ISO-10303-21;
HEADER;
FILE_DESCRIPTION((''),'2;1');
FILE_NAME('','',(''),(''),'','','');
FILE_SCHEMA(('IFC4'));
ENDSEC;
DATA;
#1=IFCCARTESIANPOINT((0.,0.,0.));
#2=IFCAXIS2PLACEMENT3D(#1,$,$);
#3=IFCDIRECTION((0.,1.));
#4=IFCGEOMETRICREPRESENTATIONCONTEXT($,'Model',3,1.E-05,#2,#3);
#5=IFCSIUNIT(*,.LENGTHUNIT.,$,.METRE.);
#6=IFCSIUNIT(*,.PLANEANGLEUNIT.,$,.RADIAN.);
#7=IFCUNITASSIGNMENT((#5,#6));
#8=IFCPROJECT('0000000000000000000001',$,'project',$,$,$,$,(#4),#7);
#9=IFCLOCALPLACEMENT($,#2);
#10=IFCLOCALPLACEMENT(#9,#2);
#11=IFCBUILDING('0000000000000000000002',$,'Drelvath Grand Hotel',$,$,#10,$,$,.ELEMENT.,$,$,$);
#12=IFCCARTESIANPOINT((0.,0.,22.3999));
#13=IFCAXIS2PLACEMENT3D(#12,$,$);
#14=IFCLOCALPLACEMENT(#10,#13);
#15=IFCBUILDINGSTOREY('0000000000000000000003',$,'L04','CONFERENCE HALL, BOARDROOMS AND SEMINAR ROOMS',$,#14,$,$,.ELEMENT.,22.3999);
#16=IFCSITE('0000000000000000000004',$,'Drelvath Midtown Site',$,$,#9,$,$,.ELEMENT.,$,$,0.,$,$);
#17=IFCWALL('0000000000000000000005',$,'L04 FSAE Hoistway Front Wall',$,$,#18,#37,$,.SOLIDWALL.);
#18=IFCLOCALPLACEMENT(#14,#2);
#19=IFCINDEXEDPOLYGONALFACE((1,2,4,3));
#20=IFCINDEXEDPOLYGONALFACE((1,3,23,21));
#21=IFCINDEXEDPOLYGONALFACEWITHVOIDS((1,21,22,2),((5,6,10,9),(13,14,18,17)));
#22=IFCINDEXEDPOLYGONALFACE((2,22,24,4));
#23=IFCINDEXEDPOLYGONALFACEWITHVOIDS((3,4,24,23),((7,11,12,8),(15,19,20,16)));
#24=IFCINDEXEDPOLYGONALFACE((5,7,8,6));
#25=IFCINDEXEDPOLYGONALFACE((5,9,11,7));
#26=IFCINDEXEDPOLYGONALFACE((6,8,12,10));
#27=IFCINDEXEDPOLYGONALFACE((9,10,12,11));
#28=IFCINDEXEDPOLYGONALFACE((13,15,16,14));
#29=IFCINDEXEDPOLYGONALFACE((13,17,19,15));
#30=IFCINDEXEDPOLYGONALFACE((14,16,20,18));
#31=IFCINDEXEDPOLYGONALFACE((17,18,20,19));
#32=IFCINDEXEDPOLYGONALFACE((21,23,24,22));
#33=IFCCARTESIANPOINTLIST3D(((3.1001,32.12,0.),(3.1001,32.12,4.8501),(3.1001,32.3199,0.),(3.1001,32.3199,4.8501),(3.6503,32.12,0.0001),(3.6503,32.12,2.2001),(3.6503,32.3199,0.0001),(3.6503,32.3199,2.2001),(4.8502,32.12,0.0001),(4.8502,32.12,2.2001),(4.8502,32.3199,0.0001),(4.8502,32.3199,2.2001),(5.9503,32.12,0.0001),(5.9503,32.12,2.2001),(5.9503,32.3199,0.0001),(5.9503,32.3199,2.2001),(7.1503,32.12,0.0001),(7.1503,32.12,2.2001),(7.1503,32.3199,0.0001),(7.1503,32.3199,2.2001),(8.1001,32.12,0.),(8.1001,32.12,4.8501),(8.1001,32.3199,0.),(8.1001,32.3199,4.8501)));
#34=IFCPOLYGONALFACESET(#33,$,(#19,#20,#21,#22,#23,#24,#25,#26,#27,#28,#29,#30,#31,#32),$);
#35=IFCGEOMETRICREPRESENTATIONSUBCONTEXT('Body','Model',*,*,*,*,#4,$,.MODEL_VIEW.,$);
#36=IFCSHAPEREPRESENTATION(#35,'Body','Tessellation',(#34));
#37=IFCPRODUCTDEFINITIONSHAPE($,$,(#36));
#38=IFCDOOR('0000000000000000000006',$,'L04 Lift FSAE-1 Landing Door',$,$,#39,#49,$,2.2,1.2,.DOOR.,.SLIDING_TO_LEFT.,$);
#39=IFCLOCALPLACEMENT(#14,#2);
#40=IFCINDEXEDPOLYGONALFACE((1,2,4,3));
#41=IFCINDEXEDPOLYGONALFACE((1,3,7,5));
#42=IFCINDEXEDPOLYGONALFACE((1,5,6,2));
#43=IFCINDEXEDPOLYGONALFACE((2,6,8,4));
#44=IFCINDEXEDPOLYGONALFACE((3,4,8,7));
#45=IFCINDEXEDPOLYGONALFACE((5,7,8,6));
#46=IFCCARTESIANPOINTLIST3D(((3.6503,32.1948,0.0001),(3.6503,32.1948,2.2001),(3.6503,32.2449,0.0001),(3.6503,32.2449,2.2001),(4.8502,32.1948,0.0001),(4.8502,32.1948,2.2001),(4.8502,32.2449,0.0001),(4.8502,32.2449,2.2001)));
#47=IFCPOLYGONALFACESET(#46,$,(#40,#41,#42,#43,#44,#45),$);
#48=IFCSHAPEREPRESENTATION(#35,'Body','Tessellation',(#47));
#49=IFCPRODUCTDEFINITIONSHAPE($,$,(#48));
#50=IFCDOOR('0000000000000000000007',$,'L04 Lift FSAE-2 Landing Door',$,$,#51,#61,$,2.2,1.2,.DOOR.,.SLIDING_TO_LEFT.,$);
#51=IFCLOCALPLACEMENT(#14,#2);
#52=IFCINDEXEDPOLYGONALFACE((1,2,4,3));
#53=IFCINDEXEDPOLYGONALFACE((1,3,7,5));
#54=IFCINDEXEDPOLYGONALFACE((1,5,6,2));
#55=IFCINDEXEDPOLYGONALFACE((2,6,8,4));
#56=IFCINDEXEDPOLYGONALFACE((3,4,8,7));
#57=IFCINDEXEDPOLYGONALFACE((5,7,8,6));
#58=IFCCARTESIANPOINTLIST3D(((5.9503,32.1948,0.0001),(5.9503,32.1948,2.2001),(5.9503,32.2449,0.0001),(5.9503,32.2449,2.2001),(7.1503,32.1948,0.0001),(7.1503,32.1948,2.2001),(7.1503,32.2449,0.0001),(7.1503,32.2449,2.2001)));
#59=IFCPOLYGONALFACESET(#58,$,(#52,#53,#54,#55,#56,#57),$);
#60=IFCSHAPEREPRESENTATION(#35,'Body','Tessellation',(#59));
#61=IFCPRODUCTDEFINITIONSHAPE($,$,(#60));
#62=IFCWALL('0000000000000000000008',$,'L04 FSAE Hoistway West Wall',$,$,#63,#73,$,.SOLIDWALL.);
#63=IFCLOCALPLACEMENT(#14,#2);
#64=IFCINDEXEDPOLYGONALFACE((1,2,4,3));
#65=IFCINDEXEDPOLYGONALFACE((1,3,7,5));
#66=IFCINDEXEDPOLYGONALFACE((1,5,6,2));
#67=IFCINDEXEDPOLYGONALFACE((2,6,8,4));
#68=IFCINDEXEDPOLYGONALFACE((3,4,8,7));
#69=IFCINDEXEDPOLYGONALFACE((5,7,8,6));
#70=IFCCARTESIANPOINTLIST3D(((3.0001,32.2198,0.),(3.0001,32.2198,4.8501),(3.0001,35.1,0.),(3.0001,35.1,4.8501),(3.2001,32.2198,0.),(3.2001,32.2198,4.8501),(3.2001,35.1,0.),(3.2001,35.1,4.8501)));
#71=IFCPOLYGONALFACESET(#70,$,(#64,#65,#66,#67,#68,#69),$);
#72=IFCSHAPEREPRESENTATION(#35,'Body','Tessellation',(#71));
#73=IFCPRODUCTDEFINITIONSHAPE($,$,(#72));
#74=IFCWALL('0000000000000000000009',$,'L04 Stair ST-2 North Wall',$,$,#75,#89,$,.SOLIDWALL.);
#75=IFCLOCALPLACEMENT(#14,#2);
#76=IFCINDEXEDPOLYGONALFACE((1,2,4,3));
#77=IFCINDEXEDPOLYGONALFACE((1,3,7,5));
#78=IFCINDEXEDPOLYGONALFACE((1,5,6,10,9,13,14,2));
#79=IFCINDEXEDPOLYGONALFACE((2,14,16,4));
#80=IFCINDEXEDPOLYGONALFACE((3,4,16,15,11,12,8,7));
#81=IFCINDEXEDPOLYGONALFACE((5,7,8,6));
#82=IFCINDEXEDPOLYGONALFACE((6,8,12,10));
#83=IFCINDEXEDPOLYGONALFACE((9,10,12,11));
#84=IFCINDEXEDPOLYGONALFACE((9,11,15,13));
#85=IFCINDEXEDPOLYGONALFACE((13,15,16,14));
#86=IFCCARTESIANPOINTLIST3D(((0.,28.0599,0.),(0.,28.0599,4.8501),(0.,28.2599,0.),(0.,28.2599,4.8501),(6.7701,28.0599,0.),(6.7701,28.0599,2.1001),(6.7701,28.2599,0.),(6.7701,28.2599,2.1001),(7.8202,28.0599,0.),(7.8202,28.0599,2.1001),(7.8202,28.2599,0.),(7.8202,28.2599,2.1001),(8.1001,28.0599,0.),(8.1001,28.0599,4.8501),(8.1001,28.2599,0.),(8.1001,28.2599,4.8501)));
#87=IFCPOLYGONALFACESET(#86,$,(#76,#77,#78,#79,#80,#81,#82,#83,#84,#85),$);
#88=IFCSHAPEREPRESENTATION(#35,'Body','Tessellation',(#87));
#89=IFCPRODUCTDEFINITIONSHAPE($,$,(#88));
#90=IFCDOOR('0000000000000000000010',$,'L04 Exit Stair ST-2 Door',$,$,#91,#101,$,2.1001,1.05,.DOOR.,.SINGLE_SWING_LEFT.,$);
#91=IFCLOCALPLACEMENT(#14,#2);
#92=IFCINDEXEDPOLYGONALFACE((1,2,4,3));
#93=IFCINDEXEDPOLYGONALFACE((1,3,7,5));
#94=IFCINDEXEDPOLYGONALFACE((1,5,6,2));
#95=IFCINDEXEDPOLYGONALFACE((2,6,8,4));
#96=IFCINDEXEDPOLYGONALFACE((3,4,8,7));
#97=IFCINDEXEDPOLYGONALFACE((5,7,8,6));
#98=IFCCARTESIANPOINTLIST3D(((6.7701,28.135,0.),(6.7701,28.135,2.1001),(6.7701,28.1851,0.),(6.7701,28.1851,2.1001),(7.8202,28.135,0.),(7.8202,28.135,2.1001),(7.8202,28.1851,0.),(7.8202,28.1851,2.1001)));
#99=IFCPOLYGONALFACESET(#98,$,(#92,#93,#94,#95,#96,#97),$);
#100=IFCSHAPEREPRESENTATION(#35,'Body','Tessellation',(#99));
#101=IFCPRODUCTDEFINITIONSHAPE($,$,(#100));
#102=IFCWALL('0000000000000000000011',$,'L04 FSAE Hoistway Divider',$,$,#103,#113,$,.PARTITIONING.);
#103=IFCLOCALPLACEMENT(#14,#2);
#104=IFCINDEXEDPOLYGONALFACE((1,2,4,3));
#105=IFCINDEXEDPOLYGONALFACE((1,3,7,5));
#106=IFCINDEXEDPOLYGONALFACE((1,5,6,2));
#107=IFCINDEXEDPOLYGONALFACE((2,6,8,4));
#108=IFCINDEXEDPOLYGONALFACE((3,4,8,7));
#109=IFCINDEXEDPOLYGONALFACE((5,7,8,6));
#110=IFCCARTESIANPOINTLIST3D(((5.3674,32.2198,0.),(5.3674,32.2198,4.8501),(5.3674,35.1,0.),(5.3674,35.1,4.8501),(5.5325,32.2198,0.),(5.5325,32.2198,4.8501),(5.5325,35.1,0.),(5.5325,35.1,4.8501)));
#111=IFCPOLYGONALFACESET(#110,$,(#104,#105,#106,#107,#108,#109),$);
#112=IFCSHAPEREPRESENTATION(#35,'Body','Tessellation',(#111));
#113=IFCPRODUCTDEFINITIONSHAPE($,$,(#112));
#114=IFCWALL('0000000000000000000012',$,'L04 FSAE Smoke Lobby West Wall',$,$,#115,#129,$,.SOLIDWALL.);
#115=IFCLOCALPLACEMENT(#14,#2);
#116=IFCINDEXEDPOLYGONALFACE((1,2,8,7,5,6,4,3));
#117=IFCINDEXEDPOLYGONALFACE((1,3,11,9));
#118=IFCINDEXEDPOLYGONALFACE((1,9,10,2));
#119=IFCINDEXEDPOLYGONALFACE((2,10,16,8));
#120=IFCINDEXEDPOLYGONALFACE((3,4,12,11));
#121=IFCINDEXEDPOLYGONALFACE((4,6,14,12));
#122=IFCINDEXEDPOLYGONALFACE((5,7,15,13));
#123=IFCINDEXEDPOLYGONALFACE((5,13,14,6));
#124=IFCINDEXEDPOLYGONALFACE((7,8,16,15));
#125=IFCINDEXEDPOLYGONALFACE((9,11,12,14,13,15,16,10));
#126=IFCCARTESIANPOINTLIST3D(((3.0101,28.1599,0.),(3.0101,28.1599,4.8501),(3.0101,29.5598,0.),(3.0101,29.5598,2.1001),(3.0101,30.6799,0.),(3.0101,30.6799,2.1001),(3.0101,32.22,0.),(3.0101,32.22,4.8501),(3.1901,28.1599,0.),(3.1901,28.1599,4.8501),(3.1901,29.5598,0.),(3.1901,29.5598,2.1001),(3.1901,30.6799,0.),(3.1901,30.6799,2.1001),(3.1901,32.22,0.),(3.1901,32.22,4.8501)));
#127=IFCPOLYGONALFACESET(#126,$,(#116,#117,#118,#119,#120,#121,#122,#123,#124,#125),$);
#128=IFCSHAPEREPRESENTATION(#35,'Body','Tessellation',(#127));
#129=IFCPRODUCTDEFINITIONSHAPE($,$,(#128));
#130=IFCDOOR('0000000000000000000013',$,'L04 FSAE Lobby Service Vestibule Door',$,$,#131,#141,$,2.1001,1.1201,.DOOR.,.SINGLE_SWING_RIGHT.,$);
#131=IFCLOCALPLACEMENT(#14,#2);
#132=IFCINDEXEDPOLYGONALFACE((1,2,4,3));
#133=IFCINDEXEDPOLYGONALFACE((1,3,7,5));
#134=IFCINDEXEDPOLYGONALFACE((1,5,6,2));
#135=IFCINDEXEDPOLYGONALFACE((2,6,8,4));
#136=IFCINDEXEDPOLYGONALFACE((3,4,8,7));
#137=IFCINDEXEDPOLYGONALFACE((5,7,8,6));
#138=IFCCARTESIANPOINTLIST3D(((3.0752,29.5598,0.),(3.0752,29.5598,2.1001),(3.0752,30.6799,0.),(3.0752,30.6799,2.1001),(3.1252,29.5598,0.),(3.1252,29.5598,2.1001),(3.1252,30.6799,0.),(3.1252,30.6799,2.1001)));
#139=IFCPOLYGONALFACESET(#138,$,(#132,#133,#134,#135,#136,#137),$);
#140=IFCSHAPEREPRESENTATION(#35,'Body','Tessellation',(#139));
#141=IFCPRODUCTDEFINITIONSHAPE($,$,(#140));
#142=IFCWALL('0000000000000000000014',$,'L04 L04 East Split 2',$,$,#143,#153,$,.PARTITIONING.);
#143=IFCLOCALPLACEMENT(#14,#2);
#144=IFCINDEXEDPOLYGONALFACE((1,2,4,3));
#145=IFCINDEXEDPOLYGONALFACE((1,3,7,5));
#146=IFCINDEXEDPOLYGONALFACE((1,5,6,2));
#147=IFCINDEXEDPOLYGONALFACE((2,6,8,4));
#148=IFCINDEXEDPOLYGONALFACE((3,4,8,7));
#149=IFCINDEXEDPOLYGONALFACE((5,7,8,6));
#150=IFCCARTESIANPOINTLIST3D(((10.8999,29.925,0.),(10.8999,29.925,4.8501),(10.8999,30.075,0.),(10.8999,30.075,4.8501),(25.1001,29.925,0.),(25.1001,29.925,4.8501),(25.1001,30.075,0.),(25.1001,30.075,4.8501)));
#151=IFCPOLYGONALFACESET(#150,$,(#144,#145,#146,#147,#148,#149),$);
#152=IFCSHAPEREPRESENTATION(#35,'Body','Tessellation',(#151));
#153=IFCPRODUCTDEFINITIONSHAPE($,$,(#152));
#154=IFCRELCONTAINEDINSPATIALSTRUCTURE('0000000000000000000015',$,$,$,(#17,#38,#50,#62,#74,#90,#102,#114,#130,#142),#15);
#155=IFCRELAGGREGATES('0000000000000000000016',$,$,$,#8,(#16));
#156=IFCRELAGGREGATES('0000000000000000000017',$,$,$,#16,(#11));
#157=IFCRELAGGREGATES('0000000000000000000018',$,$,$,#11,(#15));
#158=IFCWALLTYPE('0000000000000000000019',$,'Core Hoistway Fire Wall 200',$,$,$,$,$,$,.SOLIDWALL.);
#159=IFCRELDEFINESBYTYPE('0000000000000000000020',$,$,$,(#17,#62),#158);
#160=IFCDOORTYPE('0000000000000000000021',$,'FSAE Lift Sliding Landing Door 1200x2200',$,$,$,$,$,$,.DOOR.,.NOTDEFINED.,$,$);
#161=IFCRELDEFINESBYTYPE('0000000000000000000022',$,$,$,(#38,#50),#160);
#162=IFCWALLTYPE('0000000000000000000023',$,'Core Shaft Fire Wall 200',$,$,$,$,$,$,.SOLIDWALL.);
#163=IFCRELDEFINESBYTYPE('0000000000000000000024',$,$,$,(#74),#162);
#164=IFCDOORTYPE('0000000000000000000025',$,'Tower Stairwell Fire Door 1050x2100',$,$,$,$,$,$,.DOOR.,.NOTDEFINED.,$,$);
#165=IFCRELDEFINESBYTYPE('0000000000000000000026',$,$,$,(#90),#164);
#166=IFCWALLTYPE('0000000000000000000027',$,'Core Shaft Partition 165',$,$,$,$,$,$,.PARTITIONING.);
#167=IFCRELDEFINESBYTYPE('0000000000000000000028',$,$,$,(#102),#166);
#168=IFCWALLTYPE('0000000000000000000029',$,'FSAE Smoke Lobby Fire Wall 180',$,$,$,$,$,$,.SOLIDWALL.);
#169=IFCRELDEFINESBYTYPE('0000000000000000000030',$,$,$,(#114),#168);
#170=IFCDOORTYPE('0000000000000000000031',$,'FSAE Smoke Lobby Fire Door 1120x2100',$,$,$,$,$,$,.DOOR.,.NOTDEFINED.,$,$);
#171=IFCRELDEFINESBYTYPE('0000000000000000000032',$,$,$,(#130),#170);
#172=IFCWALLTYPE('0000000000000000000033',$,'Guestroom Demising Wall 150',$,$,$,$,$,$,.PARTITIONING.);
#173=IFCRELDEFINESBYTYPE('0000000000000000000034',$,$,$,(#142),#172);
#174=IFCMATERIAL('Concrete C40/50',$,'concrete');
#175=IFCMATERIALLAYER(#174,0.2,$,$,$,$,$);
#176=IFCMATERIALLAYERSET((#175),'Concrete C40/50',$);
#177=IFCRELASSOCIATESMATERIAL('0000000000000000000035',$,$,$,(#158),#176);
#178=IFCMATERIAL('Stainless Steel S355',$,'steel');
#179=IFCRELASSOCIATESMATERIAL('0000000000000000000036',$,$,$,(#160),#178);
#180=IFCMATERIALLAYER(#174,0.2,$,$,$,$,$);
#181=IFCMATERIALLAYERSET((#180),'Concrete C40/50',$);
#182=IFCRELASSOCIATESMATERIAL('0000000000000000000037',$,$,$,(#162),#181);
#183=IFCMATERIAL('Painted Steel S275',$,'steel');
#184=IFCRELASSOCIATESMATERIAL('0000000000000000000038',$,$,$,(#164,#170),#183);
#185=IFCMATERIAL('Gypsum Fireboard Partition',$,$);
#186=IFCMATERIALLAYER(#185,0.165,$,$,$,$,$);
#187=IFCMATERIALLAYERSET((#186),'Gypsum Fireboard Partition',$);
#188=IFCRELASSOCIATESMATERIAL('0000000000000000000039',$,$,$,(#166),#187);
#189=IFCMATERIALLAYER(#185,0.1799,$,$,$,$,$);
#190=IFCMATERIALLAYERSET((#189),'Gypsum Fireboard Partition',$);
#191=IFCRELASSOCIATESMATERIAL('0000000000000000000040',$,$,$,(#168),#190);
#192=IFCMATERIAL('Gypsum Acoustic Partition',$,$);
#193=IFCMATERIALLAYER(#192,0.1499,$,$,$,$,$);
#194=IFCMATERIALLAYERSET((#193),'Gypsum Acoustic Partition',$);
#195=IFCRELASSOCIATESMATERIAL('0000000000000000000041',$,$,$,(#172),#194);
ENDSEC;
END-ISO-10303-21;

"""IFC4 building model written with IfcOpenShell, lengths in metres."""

from ifc_helpers import new_model, si_unit, direction, frame, frame_2d, origin, place, context, subcontext, project, spatial, rectangle, extrude, material, layer, layer_set, type_object, element, fill, save


model = new_model("IFC4")

# Units and contexts
model_context = context("Model", 3, precision=1e-05, world=origin(), true_north=direction((0.0, 1.0)))
body_context = subcontext(model_context, "Body", "Model", "MODEL_VIEW")
ifc_project = project(units=[si_unit("LENGTHUNIT", "METRE"), si_unit("PLANEANGLEUNIT", "RADIAN")], contexts=[model_context])

# Site, building, storey
site_placement = place(None, origin())
site = spatial("IfcSite", under=ifc_project, at=site_placement, Name="Drelvath Midtown Site", CompositionType="ELEMENT", RefElevation=0.0)
building_placement = place(site_placement, origin())
building = spatial("IfcBuilding", under=site, at=building_placement, Name="Drelvath Grand Hotel", CompositionType="ELEMENT")
storey_placement = place(building_placement, frame((0.0, 0.0, 22.3999)))
storey = spatial("IfcBuildingStorey", under=building, at=storey_placement, Name="L04", Description="CONFERENCE HALL, BOARDROOMS AND SEMINAR ROOMS", CompositionType="ELEMENT", Elevation=22.3999)

# Wall, openings, doors
ifc_material_1 = material(Name="Concrete C40/50", Category="concrete")
ifc_layer_1 = layer(ifc_material_1, 0.2)
ifc_layer_set_1 = layer_set([ifc_layer_1], Name="Concrete C40/50")
wall_type_1 = type_object("IfcWallType", Name="Core Hoistway Fire Wall 200", PredefinedType="SOLIDWALL", material=ifc_layer_set_1)
wall_1_placement = place(storey_placement, frame((3.1001, 32.22, 0.0), z_axis=(0.0, 0.0, 1.0), x_axis=(1.0, 0.0, 0.0)))
wall_1 = element("IfcWall", 1, at=wall_1_placement, inside=storey, type_object=wall_type_1, Name="L04 FSAE Hoistway Front Wall", PredefinedType="SOLIDWALL", context=body_context, shape_type="SweptSolid", body=[
    extrude(rectangle(XDim=5.0, YDim=0.2, at=frame_2d((2.5, 0.0))), origin(), (0.0, 0.0, 1.0), 4.8501),
])
opening_1_placement = place(wall_1_placement, frame((0.55, 0.0, 0.0)))
opening_1 = element("IfcOpeningElement", 2, at=opening_1_placement, cuts=wall_1, PredefinedType="OPENING", context=body_context, shape_type="SweptSolid", body=[
    extrude(rectangle(XDim=1.2, YDim=2.2, at=frame_2d((0.6001, 1.1001))), frame((0.0, 0.1099, 0.0), z_axis=(0.0, -1.0, 0.0), x_axis=(1.0, 0.0, 0.0)), (0.0, 0.0, 1.0), 0.22),
])
opening_2_placement = place(wall_1_placement, frame((2.8501, 0.0, 0.0)))
opening_2 = element("IfcOpeningElement", 3, at=opening_2_placement, cuts=wall_1, PredefinedType="OPENING", context=body_context, shape_type="SweptSolid", body=[
    extrude(rectangle(XDim=1.2, YDim=2.2, at=frame_2d((0.6001, 1.1001))), frame((0.0, 0.1099, 0.0), z_axis=(0.0, -1.0, 0.0), x_axis=(1.0, 0.0, 0.0)), (0.0, 0.0, 1.0), 0.22),
])
ifc_material_2 = material(Name="Stainless Steel S355", Category="steel")
door_type_1 = type_object("IfcDoorType", Name="FSAE Lift Sliding Landing Door 1200x2200", OperationType="NOTDEFINED", PredefinedType="DOOR", material=ifc_material_2)
door_1_placement = place(opening_1_placement, origin())
door_1 = element("IfcDoor", 4, at=door_1_placement, inside=storey, type_object=door_type_1, Name="L04 Lift FSAE-1 Landing Door", OperationType="SLIDING_TO_LEFT", OverallHeight=2.2, OverallWidth=1.2, PredefinedType="DOOR", context=body_context, shape_type="SweptSolid", body=[
    extrude(rectangle(XDim=1.2, YDim=2.2, at=frame_2d((0.6001, 1.1001))), frame((0.0, 0.0249, 0.0), z_axis=(0.0, -1.0, 0.0), x_axis=(1.0, 0.0, 0.0)), (0.0, 0.0, 1.0), 0.05),
])
fill(opening_1, door_1)
door_2_placement = place(opening_2_placement, origin())
door_2 = element("IfcDoor", 5, at=door_2_placement, inside=storey, type_object=door_type_1, Name="L04 Lift FSAE-2 Landing Door", OperationType="SLIDING_TO_LEFT", OverallHeight=2.2, OverallWidth=1.2, PredefinedType="DOOR", context=body_context, shape_type="SweptSolid", body=[
    extrude(rectangle(XDim=1.2, YDim=2.2, at=frame_2d((0.6001, 1.1001))), frame((0.0, 0.0249, 0.0), z_axis=(0.0, -1.0, 0.0), x_axis=(1.0, 0.0, 0.0)), (0.0, 0.0, 1.0), 0.05),
])
fill(opening_2, door_2)

# Wall
wall_2_placement = place(storey_placement, frame((3.1001, 32.22, 0.0), z_axis=(0.0, 0.0, 1.0), x_axis=(0.0, 1.0, 0.0)))
element("IfcWall", 6, at=wall_2_placement, inside=storey, type_object=wall_type_1, Name="L04 FSAE Hoistway West Wall", PredefinedType="SOLIDWALL", context=body_context, shape_type="SweptSolid", body=[
    extrude(rectangle(XDim=2.8801, YDim=0.2, at=frame_2d((1.4399, 0.0))), origin(), (0.0, 0.0, 1.0), 4.8501),
])

# Wall, opening, door
ifc_layer_2 = layer(ifc_material_1, 0.2)
ifc_layer_set_2 = layer_set([ifc_layer_2], Name="Concrete C40/50")
wall_type_2 = type_object("IfcWallType", Name="Core Shaft Fire Wall 200", PredefinedType="SOLIDWALL", material=ifc_layer_set_2)
wall_3_placement = place(storey_placement, frame((8.1001, 28.1599, 0.0), z_axis=(0.0, 0.0, 1.0), x_axis=(-1.0, 0.0, 0.0)))
wall_3 = element("IfcWall", 7, at=wall_3_placement, inside=storey, type_object=wall_type_2, Name="L04 Stair ST-2 North Wall", PredefinedType="SOLIDWALL", context=body_context, shape_type="SweptSolid", body=[
    extrude(rectangle(XDim=8.1001, YDim=0.2, at=frame_2d((4.05, 0.0))), origin(), (0.0, 0.0, 1.0), 4.8501),
])
opening_3_placement = place(wall_3_placement, frame((0.28, 0.0, 0.0)))
opening_3 = element("IfcOpeningElement", 8, at=opening_3_placement, cuts=wall_3, PredefinedType="OPENING", context=body_context, shape_type="SweptSolid", body=[
    extrude(rectangle(XDim=1.05, YDim=2.1001, at=frame_2d((0.5249, 1.05))), frame((0.0, 0.1099, 0.0), z_axis=(0.0, -1.0, 0.0), x_axis=(1.0, 0.0, 0.0)), (0.0, 0.0, 1.0), 0.22),
])
ifc_material_3 = material(Name="Painted Steel S275", Category="steel")
door_type_2 = type_object("IfcDoorType", Name="Tower Stairwell Fire Door 1050x2100", OperationType="NOTDEFINED", PredefinedType="DOOR", material=ifc_material_3)
door_3_placement = place(opening_3_placement, origin())
door_3 = element("IfcDoor", 9, at=door_3_placement, inside=storey, type_object=door_type_2, Name="L04 Exit Stair ST-2 Door", OperationType="SINGLE_SWING_LEFT", OverallHeight=2.1001, OverallWidth=1.05, PredefinedType="DOOR", context=body_context, shape_type="SweptSolid", body=[
    extrude(rectangle(XDim=1.05, YDim=2.1001, at=frame_2d((0.5249, 1.05))), frame((0.0, 0.0249, 0.0), z_axis=(0.0, -1.0, 0.0), x_axis=(1.0, 0.0, 0.0)), (0.0, 0.0, 1.0), 0.05),
])
fill(opening_3, door_3)

# Wall
ifc_material_4 = material(Name="Gypsum Fireboard Partition")
ifc_layer_3 = layer(ifc_material_4, 0.165)
ifc_layer_set_3 = layer_set([ifc_layer_3], Name="Gypsum Fireboard Partition")
wall_type_3 = type_object("IfcWallType", Name="Core Shaft Partition 165", PredefinedType="PARTITIONING", material=ifc_layer_set_3)
wall_4_placement = place(storey_placement, frame((5.45, 32.22, 0.0), z_axis=(0.0, 0.0, 1.0), x_axis=(0.0, 1.0, 0.0)))
element("IfcWall", 10, at=wall_4_placement, inside=storey, type_object=wall_type_3, Name="L04 FSAE Hoistway Divider", PredefinedType="PARTITIONING", context=body_context, shape_type="SweptSolid", body=[
    extrude(rectangle(XDim=2.8801, YDim=0.165, at=frame_2d((1.4399, 0.0))), origin(), (0.0, 0.0, 1.0), 4.8501),
])

# Wall, opening, door
ifc_layer_4 = layer(ifc_material_4, 0.1799)
ifc_layer_set_4 = layer_set([ifc_layer_4], Name="Gypsum Fireboard Partition")
wall_type_4 = type_object("IfcWallType", Name="FSAE Smoke Lobby Fire Wall 180", PredefinedType="SOLIDWALL", material=ifc_layer_set_4)
wall_5_placement = place(storey_placement, frame((3.1001, 28.1599, 0.0), z_axis=(0.0, 0.0, 1.0), x_axis=(0.0, 1.0, 0.0)))
wall_5 = element("IfcWall", 11, at=wall_5_placement, inside=storey, type_object=wall_type_4, Name="L04 FSAE Smoke Lobby West Wall", PredefinedType="SOLIDWALL", context=body_context, shape_type="SweptSolid", body=[
    extrude(rectangle(XDim=4.0601, YDim=0.1799, at=frame_2d((2.03, 0.0))), origin(), (0.0, 0.0, 1.0), 4.8501),
])
opening_4_placement = place(wall_5_placement, frame((1.3999, 0.0, 0.0)))
opening_4 = element("IfcOpeningElement", 12, at=opening_4_placement, cuts=wall_5, PredefinedType="OPENING", context=body_context, shape_type="SweptSolid", body=[
    extrude(rectangle(XDim=1.1201, YDim=2.1001, at=frame_2d((0.5601, 1.05))), frame((0.0, 0.0999, 0.0), z_axis=(0.0, -1.0, 0.0), x_axis=(1.0, 0.0, 0.0)), (0.0, 0.0, 1.0), 0.2),
])
door_type_3 = type_object("IfcDoorType", Name="FSAE Smoke Lobby Fire Door 1120x2100", OperationType="NOTDEFINED", PredefinedType="DOOR", material=ifc_material_3)
door_4_placement = place(opening_4_placement, origin())
door_4 = element("IfcDoor", 13, at=door_4_placement, inside=storey, type_object=door_type_3, Name="L04 FSAE Lobby Service Vestibule Door", OperationType="SINGLE_SWING_RIGHT", OverallHeight=2.1001, OverallWidth=1.1201, PredefinedType="DOOR", context=body_context, shape_type="SweptSolid", body=[
    extrude(rectangle(XDim=1.1201, YDim=2.1001, at=frame_2d((0.5601, 1.05))), frame((0.0, 0.0249, 0.0), z_axis=(0.0, -1.0, 0.0), x_axis=(1.0, 0.0, 0.0)), (0.0, 0.0, 1.0), 0.05),
])
fill(opening_4, door_4)

# Wall
ifc_material_5 = material(Name="Gypsum Acoustic Partition")
ifc_layer_5 = layer(ifc_material_5, 0.1499)
ifc_layer_set_5 = layer_set([ifc_layer_5], Name="Gypsum Acoustic Partition")
wall_type_5 = type_object("IfcWallType", Name="Guestroom Demising Wall 150", PredefinedType="PARTITIONING", material=ifc_layer_set_5)
wall_6_placement = place(storey_placement, frame((10.8999, 30.0, 0.0), z_axis=(0.0, 0.0, 1.0), x_axis=(1.0, 0.0, 0.0)))
element("IfcWall", 14, at=wall_6_placement, inside=storey, type_object=wall_type_5, Name="L04 L04 East Split 2", PredefinedType="PARTITIONING", context=body_context, shape_type="SweptSolid", body=[
    extrude(rectangle(XDim=14.2002, YDim=0.1499, at=frame_2d((7.1001, 0.0))), origin(), (0.0, 0.0, 1.0), 4.8501),
])

save(model, "model.ifc")
